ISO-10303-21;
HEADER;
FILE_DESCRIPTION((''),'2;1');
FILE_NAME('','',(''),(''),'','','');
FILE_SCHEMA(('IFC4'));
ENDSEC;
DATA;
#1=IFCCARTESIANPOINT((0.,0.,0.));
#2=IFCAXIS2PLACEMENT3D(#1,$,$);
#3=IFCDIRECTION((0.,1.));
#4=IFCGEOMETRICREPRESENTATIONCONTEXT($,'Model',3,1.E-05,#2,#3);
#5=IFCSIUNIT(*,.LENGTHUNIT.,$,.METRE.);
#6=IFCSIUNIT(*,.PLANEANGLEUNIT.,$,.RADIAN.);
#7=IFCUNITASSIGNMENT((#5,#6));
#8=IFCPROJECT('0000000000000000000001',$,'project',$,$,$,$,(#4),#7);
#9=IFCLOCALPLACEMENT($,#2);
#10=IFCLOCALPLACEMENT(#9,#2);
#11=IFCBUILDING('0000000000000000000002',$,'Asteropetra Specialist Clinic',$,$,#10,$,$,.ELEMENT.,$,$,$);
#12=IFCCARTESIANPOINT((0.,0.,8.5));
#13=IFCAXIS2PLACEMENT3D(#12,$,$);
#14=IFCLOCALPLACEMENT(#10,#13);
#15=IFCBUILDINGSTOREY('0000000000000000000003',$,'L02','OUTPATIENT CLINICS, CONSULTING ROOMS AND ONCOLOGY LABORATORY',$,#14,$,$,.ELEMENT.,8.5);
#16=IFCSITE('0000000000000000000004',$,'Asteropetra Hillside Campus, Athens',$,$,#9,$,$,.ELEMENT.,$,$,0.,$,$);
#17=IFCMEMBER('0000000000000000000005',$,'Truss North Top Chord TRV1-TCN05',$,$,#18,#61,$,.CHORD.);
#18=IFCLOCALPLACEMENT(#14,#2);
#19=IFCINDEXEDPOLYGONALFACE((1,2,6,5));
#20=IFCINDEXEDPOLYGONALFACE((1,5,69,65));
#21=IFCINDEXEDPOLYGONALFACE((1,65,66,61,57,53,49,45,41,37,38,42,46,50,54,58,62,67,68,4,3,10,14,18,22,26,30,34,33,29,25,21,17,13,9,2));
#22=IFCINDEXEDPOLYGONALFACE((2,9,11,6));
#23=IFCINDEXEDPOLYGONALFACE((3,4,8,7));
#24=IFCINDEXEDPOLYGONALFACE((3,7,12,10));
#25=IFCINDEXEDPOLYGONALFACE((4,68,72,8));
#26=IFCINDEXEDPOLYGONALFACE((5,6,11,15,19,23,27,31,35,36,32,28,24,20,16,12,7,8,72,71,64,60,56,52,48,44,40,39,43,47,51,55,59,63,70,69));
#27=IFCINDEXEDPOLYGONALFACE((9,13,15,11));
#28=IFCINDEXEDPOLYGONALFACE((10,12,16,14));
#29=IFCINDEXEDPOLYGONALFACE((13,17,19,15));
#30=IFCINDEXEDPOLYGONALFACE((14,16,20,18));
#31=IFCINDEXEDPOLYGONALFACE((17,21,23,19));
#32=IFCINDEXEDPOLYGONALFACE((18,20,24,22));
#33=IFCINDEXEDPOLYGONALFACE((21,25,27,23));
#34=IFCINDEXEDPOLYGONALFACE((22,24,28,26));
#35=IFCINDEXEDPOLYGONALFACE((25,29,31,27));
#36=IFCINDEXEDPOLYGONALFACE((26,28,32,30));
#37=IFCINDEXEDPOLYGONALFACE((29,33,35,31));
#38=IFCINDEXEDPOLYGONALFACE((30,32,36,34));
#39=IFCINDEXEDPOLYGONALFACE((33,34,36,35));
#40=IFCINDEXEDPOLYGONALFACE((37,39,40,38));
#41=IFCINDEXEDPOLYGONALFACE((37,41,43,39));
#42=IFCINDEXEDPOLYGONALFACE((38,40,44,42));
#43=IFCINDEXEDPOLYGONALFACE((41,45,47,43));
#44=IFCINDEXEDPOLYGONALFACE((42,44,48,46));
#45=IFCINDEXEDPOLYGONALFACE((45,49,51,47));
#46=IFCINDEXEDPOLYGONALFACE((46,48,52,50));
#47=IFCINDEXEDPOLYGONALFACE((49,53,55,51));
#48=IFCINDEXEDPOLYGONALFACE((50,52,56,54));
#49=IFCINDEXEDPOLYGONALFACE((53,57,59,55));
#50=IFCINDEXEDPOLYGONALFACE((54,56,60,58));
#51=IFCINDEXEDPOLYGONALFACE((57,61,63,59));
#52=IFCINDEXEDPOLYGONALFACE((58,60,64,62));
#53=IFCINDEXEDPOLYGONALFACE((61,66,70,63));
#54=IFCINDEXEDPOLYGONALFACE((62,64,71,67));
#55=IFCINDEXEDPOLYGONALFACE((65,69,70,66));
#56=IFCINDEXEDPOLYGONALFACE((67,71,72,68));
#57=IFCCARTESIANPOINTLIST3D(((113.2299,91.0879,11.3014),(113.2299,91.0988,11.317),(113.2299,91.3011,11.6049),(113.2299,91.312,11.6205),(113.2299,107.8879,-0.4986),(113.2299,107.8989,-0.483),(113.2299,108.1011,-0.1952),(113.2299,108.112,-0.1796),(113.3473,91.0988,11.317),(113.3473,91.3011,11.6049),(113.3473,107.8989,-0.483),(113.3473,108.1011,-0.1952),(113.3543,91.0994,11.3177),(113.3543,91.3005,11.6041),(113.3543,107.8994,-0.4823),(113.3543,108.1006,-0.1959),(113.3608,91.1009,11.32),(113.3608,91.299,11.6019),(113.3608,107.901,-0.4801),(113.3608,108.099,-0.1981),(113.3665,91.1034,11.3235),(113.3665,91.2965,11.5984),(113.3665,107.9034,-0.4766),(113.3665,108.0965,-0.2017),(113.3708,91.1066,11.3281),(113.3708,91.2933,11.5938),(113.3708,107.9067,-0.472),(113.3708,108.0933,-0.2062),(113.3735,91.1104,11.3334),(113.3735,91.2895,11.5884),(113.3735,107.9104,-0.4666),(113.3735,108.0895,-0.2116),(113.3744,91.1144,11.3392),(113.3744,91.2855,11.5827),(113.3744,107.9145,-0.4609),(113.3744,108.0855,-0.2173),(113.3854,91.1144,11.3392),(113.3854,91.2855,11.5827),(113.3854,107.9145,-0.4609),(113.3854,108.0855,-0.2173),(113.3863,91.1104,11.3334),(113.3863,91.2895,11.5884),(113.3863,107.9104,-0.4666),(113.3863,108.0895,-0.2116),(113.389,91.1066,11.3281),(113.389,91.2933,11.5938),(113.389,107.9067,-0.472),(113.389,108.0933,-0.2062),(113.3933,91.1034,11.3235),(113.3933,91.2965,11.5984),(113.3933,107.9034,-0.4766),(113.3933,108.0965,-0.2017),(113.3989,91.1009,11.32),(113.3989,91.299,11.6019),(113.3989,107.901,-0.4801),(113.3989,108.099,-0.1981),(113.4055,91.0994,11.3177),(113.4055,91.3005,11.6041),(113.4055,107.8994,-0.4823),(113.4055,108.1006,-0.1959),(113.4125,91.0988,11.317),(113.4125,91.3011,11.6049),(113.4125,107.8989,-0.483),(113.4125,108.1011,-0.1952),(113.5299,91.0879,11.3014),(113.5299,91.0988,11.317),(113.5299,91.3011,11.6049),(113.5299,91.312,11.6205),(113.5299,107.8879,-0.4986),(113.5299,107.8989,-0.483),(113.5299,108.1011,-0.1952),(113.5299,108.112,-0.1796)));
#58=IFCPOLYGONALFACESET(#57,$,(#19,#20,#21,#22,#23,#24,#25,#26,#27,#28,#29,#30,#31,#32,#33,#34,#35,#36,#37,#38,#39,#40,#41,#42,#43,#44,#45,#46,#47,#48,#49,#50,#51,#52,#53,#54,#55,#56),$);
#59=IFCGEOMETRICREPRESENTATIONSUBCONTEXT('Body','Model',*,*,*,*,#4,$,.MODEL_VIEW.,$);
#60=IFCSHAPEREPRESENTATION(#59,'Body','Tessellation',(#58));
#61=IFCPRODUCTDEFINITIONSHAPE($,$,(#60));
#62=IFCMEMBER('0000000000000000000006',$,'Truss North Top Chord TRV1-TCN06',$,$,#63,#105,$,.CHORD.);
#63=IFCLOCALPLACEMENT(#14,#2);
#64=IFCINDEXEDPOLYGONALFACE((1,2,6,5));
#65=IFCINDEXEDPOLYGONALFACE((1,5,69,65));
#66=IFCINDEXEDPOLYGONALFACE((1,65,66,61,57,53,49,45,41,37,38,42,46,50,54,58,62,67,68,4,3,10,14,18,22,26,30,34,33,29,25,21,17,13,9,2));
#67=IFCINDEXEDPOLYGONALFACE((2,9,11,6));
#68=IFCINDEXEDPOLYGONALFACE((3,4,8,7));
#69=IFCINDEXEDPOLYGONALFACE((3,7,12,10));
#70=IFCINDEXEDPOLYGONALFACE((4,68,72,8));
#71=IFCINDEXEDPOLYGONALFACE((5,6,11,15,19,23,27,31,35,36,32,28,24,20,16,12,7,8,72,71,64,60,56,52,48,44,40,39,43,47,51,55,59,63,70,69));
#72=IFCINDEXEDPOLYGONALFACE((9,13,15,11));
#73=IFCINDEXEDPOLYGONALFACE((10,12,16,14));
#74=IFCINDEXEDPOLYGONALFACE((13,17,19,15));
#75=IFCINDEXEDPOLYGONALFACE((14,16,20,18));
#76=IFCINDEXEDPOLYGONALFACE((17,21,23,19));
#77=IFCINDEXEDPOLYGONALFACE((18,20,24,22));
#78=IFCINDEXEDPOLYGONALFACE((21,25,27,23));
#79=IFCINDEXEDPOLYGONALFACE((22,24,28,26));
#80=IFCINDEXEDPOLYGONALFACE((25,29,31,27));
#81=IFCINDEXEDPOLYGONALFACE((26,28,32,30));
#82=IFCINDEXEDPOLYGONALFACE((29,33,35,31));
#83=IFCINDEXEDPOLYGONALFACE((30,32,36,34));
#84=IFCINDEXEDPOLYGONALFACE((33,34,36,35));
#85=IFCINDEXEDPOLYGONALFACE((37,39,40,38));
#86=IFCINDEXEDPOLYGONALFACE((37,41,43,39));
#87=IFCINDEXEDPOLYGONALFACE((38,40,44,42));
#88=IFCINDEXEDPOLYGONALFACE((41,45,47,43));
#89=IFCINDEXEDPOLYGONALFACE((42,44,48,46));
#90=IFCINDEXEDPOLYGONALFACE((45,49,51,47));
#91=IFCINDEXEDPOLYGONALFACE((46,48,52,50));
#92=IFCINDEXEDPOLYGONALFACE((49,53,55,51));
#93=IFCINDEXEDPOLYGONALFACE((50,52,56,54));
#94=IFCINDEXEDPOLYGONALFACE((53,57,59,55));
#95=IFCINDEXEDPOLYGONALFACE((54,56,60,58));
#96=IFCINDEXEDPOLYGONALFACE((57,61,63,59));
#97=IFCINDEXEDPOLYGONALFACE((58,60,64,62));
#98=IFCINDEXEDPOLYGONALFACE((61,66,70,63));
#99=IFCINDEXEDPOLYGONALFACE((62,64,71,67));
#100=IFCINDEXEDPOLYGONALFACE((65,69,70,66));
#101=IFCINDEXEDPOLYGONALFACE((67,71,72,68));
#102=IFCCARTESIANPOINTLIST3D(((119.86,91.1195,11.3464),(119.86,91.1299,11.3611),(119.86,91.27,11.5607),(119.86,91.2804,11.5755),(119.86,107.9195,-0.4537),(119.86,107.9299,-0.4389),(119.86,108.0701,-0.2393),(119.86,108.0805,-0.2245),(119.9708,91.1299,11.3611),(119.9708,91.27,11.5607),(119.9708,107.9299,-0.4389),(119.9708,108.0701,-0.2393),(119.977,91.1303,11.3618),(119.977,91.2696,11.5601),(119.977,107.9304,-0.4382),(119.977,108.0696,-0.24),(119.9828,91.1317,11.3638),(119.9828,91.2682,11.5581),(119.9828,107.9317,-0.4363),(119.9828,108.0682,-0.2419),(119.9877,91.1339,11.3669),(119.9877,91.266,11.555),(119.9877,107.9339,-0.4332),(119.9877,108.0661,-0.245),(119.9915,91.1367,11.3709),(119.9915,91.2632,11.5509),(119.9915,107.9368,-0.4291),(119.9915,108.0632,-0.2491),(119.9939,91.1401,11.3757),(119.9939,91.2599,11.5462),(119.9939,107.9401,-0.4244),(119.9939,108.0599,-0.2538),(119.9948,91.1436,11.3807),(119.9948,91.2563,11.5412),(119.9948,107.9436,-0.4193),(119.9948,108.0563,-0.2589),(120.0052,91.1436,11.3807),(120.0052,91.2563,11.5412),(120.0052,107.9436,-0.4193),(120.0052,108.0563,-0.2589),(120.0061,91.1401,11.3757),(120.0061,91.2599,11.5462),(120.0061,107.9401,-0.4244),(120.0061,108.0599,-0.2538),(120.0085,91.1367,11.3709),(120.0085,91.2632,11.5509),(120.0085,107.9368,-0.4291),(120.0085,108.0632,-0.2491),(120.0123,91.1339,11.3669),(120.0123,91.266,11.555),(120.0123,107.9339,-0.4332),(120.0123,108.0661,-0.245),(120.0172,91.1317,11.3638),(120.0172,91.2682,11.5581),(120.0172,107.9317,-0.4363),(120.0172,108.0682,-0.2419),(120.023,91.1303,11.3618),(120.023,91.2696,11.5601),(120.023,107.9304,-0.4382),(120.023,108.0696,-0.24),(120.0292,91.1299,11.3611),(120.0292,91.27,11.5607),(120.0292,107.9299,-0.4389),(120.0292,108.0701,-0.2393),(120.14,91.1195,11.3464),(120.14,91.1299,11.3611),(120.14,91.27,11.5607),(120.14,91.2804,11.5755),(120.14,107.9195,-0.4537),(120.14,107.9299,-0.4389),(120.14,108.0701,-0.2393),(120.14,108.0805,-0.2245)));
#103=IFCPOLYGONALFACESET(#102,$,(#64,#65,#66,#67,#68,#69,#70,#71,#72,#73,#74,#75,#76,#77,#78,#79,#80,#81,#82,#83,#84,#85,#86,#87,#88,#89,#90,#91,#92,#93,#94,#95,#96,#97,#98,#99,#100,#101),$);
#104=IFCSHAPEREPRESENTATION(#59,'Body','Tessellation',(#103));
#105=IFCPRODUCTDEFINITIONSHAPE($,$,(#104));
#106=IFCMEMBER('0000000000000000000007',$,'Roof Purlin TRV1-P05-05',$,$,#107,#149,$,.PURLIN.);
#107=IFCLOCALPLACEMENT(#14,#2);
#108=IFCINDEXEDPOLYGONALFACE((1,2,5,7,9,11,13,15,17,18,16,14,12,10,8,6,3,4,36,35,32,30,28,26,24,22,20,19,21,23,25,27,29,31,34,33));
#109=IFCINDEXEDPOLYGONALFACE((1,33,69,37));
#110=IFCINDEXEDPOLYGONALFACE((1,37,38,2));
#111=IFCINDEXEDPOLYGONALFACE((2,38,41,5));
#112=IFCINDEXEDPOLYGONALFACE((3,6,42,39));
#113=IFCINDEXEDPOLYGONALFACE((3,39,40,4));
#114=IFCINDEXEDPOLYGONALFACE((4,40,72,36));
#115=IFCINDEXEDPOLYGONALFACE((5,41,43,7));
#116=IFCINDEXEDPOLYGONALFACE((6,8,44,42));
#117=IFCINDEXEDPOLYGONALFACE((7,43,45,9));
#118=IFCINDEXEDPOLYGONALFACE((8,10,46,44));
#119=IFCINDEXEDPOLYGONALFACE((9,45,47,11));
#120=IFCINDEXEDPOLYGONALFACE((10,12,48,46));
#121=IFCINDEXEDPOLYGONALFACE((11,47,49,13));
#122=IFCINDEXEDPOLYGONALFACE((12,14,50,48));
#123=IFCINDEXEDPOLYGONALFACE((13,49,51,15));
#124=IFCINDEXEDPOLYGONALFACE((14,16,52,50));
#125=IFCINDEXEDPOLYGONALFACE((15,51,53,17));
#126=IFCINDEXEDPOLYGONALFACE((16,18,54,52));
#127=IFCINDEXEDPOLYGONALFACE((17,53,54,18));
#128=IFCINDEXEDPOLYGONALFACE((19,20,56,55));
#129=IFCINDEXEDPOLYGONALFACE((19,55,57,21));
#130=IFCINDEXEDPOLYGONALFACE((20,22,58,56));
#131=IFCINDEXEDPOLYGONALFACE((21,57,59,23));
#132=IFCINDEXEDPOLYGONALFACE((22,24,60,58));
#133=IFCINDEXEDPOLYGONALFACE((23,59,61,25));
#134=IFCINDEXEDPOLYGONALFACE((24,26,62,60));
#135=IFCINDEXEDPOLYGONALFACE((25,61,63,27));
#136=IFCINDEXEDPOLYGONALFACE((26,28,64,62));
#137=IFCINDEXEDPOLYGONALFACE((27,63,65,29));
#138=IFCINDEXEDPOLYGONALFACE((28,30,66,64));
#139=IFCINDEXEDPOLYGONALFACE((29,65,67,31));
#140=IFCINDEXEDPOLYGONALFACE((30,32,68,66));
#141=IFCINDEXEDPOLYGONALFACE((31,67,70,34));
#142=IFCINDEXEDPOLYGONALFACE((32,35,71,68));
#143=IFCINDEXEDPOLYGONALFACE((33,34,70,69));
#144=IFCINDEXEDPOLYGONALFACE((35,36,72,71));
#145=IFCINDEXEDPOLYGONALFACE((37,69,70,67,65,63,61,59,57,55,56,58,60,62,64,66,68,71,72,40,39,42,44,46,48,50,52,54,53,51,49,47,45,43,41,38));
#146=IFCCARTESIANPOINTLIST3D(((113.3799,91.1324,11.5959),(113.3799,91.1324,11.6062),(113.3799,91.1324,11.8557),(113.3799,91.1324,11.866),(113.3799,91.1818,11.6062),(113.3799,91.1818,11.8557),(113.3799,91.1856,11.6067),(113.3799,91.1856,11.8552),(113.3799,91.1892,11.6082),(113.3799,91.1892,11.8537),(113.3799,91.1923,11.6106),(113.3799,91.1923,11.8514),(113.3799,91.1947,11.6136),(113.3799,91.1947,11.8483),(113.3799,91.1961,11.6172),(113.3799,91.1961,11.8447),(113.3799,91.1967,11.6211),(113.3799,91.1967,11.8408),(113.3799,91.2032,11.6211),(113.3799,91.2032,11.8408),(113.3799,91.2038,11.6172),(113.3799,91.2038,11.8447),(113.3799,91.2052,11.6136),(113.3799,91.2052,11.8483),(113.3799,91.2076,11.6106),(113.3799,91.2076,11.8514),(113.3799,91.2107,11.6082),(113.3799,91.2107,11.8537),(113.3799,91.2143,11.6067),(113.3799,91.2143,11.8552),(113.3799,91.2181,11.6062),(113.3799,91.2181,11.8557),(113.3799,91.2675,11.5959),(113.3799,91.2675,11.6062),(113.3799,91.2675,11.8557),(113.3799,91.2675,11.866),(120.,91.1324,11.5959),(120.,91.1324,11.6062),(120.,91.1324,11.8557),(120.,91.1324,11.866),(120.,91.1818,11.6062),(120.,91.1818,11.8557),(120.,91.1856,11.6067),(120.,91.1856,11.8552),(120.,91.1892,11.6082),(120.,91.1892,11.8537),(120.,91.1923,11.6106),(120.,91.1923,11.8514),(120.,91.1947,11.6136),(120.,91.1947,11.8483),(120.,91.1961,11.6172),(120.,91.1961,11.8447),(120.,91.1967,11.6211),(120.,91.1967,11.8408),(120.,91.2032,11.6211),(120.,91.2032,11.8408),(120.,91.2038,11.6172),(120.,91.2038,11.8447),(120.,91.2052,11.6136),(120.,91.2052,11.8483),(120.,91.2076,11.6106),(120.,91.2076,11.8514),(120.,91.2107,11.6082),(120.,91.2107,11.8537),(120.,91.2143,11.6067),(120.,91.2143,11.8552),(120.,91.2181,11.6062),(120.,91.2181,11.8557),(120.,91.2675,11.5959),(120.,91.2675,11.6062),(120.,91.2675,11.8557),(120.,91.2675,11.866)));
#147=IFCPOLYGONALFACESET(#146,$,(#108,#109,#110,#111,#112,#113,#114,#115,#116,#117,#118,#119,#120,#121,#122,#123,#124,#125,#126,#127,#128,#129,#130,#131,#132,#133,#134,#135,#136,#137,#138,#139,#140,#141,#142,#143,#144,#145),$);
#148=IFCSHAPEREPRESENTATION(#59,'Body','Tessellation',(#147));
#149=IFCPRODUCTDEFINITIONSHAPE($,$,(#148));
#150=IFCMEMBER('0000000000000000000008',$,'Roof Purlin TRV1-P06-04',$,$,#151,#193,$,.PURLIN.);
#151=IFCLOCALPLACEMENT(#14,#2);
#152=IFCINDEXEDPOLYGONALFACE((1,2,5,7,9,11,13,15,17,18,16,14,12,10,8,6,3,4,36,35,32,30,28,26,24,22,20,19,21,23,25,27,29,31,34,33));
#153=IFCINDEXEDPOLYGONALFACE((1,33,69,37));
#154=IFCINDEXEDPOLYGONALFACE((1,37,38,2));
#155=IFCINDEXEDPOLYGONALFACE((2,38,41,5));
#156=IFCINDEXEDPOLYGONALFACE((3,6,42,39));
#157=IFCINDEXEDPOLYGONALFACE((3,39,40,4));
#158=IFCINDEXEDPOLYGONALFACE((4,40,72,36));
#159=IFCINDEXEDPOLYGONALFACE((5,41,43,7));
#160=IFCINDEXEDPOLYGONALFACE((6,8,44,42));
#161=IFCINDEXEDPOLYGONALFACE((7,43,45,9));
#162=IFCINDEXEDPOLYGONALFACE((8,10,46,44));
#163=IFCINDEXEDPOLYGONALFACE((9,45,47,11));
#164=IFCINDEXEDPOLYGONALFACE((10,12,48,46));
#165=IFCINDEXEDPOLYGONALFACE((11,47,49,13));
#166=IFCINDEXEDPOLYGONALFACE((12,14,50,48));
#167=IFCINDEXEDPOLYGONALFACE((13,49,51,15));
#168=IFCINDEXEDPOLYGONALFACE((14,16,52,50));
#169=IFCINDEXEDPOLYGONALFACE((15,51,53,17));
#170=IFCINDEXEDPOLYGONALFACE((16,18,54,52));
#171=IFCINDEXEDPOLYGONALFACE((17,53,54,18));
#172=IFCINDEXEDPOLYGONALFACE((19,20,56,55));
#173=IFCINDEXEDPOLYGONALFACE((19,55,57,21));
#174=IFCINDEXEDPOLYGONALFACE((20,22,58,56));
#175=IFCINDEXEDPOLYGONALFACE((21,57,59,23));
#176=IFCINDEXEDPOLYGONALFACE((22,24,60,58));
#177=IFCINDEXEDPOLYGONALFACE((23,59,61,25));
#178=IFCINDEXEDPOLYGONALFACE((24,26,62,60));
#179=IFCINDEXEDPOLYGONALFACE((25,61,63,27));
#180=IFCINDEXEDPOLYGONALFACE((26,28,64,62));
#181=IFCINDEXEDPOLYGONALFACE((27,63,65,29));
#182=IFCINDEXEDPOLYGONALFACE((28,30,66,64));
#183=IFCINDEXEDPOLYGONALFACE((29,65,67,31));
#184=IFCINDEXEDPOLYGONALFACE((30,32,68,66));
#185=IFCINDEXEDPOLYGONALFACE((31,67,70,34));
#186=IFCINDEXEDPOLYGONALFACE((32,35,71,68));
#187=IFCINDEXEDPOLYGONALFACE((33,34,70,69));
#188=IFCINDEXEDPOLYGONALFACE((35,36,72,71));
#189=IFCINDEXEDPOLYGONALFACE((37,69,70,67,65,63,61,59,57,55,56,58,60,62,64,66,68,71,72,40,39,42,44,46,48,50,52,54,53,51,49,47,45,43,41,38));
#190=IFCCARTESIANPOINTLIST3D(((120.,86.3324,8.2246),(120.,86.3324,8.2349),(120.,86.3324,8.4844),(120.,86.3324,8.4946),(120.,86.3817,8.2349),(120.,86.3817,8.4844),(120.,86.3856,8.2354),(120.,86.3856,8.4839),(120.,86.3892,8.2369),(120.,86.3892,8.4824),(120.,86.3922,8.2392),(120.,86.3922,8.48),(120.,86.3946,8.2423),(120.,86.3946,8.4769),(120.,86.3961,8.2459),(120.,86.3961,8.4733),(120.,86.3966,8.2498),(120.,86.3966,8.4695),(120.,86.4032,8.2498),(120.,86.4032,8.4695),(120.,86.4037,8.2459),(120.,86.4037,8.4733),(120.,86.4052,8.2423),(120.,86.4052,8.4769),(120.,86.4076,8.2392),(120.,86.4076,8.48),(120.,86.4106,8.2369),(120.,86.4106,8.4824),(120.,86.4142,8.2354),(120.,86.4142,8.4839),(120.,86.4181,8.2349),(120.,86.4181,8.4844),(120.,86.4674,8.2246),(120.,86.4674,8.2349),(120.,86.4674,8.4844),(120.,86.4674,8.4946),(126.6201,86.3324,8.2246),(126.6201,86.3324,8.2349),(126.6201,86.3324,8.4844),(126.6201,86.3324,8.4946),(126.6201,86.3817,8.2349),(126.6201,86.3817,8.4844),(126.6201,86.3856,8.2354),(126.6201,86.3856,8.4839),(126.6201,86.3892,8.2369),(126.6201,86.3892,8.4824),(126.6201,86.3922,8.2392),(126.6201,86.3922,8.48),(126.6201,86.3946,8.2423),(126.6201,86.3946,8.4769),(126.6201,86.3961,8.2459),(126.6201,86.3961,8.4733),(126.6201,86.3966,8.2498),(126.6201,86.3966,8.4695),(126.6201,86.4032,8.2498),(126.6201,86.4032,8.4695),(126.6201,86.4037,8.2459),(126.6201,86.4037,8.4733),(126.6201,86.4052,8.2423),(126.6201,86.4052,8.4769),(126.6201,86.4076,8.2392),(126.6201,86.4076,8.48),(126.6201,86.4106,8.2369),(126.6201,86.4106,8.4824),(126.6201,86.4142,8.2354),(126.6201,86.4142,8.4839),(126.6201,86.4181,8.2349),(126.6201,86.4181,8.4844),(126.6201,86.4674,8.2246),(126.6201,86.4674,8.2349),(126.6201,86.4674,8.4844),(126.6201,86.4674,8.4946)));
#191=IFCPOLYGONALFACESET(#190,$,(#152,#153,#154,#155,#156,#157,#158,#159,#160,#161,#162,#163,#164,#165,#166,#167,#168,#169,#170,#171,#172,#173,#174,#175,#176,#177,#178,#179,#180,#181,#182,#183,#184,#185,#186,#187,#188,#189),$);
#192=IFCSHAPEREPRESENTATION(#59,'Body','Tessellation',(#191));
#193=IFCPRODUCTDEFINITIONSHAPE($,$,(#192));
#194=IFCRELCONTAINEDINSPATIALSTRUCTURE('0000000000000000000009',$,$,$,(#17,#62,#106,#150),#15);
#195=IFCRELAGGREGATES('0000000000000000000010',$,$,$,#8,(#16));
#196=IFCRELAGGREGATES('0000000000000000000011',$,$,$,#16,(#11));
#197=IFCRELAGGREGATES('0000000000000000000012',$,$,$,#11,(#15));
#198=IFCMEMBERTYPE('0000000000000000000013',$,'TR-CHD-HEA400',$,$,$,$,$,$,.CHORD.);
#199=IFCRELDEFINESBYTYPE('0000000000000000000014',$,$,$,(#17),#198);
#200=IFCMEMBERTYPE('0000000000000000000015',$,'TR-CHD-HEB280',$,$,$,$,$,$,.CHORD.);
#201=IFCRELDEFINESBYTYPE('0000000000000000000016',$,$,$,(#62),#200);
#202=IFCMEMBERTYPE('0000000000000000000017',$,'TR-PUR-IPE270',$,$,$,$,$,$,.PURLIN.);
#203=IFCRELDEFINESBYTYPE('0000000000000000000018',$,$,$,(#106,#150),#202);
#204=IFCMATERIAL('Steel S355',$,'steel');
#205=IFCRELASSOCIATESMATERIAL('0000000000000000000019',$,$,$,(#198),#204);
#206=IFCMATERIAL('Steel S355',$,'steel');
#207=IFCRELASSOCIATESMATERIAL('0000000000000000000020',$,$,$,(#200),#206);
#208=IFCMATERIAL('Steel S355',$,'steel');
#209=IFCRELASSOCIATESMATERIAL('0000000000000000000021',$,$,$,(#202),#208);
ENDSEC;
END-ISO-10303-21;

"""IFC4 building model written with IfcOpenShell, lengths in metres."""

from ifc_helpers import new_model, si_unit, direction, frame, origin, origin_2d, place, context, subcontext, project, spatial, i_section, extrude, material, material_profile, profile_set, type_object, element, save


model = new_model("IFC4")

# Units and contexts
model_context = context("Model", 3, precision=1e-05, world=origin(), true_north=direction((0.0, 1.0)))
body_context = subcontext(model_context, "Body", "Model", "MODEL_VIEW")
ifc_project = project(units=[si_unit("LENGTHUNIT", "METRE"), si_unit("PLANEANGLEUNIT", "RADIAN")], contexts=[model_context])

# Site, building, storey
site_placement = place(None, origin())
site = spatial("IfcSite", under=ifc_project, at=site_placement, Name="Asteropetra Hillside Campus, Athens", CompositionType="ELEMENT", RefElevation=0.0)
building_placement = place(site_placement, origin())
building = spatial("IfcBuilding", under=site, at=building_placement, Name="Asteropetra Specialist Clinic", CompositionType="ELEMENT")
storey_placement = place(building_placement, frame((0.0, 0.0, 8.5)))
storey = spatial("IfcBuildingStorey", under=building, at=storey_placement, Name="L02", Description="OUTPATIENT CLINICS, CONSULTING ROOMS AND ONCOLOGY LABORATORY", CompositionType="ELEMENT", Elevation=8.5)

# Members
ifc_material_1 = material(Name="Steel S355", Category="steel")
ifc_material_profile_1 = material_profile(ifc_material_1, i_section(OverallWidth=0.3, OverallDepth=0.3899, WebThickness=0.011, FlangeThickness=0.019, FilletRadius=0.0271, at=origin_2d()), Name="HEA 400")
ifc_profile_set_1 = profile_set([ifc_material_profile_1], Name="Steel S355")
member_type_1 = type_object("IfcMemberType", Name="TR-CHD-HEA400", PredefinedType="CHORD", material=ifc_profile_set_1)
member_1_placement = place(storey_placement, frame((113.3799, 91.2, 11.4609), z_axis=(0.0, 0.818315, -0.57477), x_axis=(-1.0, 0.0, 0.0)))
element("IfcMember", 1, at=member_1_placement, inside=storey, type_object=member_type_1, Name="Truss North Top Chord TRV1-TCN05", PredefinedType="CHORD", context=body_context, shape_type="SweptSolid", body=[
    extrude(i_section(OverallWidth=0.3, OverallDepth=0.3899, WebThickness=0.011, FlangeThickness=0.019, FilletRadius=0.0271, at=origin_2d()), origin(), (0.0, 0.0, 1.0), 20.53),
])
ifc_material_2 = material(Name="Steel S355", Category="steel")
ifc_material_profile_2 = material_profile(ifc_material_2, i_section(OverallWidth=0.28, OverallDepth=0.28, WebThickness=0.0105, FlangeThickness=0.0181, FilletRadius=0.0239, at=origin_2d()), Name="HEB 280")
ifc_profile_set_2 = profile_set([ifc_material_profile_2], Name="Steel S355")
member_type_2 = type_object("IfcMemberType", Name="TR-CHD-HEB280", PredefinedType="CHORD", material=ifc_profile_set_2)
member_2_placement = place(storey_placement, frame((120.0, 91.2, 11.4609), z_axis=(0.0, 0.818315, -0.57477), x_axis=(-1.0, 0.0, 0.0)))
element("IfcMember", 2, at=member_2_placement, inside=storey, type_object=member_type_2, Name="Truss North Top Chord TRV1-TCN06", PredefinedType="CHORD", context=body_context, shape_type="SweptSolid", body=[
    extrude(i_section(OverallWidth=0.28, OverallDepth=0.28, WebThickness=0.0105, FlangeThickness=0.0181, FilletRadius=0.0239, at=origin_2d()), origin(), (0.0, 0.0, 1.0), 20.53),
])
ifc_material_3 = material(Name="Steel S355", Category="steel")
ifc_material_profile_3 = material_profile(ifc_material_3, i_section(OverallWidth=0.135, OverallDepth=0.27, WebThickness=0.0066, FlangeThickness=0.0103, FilletRadius=0.0149, at=origin_2d()), Name="IPE 270")
ifc_profile_set_3 = profile_set([ifc_material_profile_3], Name="Steel S355")
member_type_3 = type_object("IfcMemberType", Name="TR-PUR-IPE270", PredefinedType="PURLIN", material=ifc_profile_set_3)
for number, where, z_axis, x_axis, name in (
    (3, (113.3799, 91.2, 11.731), (1.0, 0.0, 0.0), (0.0, 1.0, 0.0), "Roof Purlin TRV1-P05-05"),
    (4, (120.0, 86.3999, 8.3596), (1.0, 0.0, 0.0), (0.0, 1.0, 0.0), "Roof Purlin TRV1-P06-04"),
):
    element("IfcMember", number, at=place(storey_placement, frame(where, z_axis=z_axis, x_axis=x_axis)), inside=storey, type_object=member_type_3, Name=name, PredefinedType="PURLIN", context=body_context, shape_type="SweptSolid", body=[
        extrude(i_section(OverallWidth=0.135, OverallDepth=0.27, WebThickness=0.0066, FlangeThickness=0.0103, FilletRadius=0.0149, at=origin_2d()), origin(), (0.0, 0.0, 1.0), 6.6201),
    ])

save(model, "model.ifc")
